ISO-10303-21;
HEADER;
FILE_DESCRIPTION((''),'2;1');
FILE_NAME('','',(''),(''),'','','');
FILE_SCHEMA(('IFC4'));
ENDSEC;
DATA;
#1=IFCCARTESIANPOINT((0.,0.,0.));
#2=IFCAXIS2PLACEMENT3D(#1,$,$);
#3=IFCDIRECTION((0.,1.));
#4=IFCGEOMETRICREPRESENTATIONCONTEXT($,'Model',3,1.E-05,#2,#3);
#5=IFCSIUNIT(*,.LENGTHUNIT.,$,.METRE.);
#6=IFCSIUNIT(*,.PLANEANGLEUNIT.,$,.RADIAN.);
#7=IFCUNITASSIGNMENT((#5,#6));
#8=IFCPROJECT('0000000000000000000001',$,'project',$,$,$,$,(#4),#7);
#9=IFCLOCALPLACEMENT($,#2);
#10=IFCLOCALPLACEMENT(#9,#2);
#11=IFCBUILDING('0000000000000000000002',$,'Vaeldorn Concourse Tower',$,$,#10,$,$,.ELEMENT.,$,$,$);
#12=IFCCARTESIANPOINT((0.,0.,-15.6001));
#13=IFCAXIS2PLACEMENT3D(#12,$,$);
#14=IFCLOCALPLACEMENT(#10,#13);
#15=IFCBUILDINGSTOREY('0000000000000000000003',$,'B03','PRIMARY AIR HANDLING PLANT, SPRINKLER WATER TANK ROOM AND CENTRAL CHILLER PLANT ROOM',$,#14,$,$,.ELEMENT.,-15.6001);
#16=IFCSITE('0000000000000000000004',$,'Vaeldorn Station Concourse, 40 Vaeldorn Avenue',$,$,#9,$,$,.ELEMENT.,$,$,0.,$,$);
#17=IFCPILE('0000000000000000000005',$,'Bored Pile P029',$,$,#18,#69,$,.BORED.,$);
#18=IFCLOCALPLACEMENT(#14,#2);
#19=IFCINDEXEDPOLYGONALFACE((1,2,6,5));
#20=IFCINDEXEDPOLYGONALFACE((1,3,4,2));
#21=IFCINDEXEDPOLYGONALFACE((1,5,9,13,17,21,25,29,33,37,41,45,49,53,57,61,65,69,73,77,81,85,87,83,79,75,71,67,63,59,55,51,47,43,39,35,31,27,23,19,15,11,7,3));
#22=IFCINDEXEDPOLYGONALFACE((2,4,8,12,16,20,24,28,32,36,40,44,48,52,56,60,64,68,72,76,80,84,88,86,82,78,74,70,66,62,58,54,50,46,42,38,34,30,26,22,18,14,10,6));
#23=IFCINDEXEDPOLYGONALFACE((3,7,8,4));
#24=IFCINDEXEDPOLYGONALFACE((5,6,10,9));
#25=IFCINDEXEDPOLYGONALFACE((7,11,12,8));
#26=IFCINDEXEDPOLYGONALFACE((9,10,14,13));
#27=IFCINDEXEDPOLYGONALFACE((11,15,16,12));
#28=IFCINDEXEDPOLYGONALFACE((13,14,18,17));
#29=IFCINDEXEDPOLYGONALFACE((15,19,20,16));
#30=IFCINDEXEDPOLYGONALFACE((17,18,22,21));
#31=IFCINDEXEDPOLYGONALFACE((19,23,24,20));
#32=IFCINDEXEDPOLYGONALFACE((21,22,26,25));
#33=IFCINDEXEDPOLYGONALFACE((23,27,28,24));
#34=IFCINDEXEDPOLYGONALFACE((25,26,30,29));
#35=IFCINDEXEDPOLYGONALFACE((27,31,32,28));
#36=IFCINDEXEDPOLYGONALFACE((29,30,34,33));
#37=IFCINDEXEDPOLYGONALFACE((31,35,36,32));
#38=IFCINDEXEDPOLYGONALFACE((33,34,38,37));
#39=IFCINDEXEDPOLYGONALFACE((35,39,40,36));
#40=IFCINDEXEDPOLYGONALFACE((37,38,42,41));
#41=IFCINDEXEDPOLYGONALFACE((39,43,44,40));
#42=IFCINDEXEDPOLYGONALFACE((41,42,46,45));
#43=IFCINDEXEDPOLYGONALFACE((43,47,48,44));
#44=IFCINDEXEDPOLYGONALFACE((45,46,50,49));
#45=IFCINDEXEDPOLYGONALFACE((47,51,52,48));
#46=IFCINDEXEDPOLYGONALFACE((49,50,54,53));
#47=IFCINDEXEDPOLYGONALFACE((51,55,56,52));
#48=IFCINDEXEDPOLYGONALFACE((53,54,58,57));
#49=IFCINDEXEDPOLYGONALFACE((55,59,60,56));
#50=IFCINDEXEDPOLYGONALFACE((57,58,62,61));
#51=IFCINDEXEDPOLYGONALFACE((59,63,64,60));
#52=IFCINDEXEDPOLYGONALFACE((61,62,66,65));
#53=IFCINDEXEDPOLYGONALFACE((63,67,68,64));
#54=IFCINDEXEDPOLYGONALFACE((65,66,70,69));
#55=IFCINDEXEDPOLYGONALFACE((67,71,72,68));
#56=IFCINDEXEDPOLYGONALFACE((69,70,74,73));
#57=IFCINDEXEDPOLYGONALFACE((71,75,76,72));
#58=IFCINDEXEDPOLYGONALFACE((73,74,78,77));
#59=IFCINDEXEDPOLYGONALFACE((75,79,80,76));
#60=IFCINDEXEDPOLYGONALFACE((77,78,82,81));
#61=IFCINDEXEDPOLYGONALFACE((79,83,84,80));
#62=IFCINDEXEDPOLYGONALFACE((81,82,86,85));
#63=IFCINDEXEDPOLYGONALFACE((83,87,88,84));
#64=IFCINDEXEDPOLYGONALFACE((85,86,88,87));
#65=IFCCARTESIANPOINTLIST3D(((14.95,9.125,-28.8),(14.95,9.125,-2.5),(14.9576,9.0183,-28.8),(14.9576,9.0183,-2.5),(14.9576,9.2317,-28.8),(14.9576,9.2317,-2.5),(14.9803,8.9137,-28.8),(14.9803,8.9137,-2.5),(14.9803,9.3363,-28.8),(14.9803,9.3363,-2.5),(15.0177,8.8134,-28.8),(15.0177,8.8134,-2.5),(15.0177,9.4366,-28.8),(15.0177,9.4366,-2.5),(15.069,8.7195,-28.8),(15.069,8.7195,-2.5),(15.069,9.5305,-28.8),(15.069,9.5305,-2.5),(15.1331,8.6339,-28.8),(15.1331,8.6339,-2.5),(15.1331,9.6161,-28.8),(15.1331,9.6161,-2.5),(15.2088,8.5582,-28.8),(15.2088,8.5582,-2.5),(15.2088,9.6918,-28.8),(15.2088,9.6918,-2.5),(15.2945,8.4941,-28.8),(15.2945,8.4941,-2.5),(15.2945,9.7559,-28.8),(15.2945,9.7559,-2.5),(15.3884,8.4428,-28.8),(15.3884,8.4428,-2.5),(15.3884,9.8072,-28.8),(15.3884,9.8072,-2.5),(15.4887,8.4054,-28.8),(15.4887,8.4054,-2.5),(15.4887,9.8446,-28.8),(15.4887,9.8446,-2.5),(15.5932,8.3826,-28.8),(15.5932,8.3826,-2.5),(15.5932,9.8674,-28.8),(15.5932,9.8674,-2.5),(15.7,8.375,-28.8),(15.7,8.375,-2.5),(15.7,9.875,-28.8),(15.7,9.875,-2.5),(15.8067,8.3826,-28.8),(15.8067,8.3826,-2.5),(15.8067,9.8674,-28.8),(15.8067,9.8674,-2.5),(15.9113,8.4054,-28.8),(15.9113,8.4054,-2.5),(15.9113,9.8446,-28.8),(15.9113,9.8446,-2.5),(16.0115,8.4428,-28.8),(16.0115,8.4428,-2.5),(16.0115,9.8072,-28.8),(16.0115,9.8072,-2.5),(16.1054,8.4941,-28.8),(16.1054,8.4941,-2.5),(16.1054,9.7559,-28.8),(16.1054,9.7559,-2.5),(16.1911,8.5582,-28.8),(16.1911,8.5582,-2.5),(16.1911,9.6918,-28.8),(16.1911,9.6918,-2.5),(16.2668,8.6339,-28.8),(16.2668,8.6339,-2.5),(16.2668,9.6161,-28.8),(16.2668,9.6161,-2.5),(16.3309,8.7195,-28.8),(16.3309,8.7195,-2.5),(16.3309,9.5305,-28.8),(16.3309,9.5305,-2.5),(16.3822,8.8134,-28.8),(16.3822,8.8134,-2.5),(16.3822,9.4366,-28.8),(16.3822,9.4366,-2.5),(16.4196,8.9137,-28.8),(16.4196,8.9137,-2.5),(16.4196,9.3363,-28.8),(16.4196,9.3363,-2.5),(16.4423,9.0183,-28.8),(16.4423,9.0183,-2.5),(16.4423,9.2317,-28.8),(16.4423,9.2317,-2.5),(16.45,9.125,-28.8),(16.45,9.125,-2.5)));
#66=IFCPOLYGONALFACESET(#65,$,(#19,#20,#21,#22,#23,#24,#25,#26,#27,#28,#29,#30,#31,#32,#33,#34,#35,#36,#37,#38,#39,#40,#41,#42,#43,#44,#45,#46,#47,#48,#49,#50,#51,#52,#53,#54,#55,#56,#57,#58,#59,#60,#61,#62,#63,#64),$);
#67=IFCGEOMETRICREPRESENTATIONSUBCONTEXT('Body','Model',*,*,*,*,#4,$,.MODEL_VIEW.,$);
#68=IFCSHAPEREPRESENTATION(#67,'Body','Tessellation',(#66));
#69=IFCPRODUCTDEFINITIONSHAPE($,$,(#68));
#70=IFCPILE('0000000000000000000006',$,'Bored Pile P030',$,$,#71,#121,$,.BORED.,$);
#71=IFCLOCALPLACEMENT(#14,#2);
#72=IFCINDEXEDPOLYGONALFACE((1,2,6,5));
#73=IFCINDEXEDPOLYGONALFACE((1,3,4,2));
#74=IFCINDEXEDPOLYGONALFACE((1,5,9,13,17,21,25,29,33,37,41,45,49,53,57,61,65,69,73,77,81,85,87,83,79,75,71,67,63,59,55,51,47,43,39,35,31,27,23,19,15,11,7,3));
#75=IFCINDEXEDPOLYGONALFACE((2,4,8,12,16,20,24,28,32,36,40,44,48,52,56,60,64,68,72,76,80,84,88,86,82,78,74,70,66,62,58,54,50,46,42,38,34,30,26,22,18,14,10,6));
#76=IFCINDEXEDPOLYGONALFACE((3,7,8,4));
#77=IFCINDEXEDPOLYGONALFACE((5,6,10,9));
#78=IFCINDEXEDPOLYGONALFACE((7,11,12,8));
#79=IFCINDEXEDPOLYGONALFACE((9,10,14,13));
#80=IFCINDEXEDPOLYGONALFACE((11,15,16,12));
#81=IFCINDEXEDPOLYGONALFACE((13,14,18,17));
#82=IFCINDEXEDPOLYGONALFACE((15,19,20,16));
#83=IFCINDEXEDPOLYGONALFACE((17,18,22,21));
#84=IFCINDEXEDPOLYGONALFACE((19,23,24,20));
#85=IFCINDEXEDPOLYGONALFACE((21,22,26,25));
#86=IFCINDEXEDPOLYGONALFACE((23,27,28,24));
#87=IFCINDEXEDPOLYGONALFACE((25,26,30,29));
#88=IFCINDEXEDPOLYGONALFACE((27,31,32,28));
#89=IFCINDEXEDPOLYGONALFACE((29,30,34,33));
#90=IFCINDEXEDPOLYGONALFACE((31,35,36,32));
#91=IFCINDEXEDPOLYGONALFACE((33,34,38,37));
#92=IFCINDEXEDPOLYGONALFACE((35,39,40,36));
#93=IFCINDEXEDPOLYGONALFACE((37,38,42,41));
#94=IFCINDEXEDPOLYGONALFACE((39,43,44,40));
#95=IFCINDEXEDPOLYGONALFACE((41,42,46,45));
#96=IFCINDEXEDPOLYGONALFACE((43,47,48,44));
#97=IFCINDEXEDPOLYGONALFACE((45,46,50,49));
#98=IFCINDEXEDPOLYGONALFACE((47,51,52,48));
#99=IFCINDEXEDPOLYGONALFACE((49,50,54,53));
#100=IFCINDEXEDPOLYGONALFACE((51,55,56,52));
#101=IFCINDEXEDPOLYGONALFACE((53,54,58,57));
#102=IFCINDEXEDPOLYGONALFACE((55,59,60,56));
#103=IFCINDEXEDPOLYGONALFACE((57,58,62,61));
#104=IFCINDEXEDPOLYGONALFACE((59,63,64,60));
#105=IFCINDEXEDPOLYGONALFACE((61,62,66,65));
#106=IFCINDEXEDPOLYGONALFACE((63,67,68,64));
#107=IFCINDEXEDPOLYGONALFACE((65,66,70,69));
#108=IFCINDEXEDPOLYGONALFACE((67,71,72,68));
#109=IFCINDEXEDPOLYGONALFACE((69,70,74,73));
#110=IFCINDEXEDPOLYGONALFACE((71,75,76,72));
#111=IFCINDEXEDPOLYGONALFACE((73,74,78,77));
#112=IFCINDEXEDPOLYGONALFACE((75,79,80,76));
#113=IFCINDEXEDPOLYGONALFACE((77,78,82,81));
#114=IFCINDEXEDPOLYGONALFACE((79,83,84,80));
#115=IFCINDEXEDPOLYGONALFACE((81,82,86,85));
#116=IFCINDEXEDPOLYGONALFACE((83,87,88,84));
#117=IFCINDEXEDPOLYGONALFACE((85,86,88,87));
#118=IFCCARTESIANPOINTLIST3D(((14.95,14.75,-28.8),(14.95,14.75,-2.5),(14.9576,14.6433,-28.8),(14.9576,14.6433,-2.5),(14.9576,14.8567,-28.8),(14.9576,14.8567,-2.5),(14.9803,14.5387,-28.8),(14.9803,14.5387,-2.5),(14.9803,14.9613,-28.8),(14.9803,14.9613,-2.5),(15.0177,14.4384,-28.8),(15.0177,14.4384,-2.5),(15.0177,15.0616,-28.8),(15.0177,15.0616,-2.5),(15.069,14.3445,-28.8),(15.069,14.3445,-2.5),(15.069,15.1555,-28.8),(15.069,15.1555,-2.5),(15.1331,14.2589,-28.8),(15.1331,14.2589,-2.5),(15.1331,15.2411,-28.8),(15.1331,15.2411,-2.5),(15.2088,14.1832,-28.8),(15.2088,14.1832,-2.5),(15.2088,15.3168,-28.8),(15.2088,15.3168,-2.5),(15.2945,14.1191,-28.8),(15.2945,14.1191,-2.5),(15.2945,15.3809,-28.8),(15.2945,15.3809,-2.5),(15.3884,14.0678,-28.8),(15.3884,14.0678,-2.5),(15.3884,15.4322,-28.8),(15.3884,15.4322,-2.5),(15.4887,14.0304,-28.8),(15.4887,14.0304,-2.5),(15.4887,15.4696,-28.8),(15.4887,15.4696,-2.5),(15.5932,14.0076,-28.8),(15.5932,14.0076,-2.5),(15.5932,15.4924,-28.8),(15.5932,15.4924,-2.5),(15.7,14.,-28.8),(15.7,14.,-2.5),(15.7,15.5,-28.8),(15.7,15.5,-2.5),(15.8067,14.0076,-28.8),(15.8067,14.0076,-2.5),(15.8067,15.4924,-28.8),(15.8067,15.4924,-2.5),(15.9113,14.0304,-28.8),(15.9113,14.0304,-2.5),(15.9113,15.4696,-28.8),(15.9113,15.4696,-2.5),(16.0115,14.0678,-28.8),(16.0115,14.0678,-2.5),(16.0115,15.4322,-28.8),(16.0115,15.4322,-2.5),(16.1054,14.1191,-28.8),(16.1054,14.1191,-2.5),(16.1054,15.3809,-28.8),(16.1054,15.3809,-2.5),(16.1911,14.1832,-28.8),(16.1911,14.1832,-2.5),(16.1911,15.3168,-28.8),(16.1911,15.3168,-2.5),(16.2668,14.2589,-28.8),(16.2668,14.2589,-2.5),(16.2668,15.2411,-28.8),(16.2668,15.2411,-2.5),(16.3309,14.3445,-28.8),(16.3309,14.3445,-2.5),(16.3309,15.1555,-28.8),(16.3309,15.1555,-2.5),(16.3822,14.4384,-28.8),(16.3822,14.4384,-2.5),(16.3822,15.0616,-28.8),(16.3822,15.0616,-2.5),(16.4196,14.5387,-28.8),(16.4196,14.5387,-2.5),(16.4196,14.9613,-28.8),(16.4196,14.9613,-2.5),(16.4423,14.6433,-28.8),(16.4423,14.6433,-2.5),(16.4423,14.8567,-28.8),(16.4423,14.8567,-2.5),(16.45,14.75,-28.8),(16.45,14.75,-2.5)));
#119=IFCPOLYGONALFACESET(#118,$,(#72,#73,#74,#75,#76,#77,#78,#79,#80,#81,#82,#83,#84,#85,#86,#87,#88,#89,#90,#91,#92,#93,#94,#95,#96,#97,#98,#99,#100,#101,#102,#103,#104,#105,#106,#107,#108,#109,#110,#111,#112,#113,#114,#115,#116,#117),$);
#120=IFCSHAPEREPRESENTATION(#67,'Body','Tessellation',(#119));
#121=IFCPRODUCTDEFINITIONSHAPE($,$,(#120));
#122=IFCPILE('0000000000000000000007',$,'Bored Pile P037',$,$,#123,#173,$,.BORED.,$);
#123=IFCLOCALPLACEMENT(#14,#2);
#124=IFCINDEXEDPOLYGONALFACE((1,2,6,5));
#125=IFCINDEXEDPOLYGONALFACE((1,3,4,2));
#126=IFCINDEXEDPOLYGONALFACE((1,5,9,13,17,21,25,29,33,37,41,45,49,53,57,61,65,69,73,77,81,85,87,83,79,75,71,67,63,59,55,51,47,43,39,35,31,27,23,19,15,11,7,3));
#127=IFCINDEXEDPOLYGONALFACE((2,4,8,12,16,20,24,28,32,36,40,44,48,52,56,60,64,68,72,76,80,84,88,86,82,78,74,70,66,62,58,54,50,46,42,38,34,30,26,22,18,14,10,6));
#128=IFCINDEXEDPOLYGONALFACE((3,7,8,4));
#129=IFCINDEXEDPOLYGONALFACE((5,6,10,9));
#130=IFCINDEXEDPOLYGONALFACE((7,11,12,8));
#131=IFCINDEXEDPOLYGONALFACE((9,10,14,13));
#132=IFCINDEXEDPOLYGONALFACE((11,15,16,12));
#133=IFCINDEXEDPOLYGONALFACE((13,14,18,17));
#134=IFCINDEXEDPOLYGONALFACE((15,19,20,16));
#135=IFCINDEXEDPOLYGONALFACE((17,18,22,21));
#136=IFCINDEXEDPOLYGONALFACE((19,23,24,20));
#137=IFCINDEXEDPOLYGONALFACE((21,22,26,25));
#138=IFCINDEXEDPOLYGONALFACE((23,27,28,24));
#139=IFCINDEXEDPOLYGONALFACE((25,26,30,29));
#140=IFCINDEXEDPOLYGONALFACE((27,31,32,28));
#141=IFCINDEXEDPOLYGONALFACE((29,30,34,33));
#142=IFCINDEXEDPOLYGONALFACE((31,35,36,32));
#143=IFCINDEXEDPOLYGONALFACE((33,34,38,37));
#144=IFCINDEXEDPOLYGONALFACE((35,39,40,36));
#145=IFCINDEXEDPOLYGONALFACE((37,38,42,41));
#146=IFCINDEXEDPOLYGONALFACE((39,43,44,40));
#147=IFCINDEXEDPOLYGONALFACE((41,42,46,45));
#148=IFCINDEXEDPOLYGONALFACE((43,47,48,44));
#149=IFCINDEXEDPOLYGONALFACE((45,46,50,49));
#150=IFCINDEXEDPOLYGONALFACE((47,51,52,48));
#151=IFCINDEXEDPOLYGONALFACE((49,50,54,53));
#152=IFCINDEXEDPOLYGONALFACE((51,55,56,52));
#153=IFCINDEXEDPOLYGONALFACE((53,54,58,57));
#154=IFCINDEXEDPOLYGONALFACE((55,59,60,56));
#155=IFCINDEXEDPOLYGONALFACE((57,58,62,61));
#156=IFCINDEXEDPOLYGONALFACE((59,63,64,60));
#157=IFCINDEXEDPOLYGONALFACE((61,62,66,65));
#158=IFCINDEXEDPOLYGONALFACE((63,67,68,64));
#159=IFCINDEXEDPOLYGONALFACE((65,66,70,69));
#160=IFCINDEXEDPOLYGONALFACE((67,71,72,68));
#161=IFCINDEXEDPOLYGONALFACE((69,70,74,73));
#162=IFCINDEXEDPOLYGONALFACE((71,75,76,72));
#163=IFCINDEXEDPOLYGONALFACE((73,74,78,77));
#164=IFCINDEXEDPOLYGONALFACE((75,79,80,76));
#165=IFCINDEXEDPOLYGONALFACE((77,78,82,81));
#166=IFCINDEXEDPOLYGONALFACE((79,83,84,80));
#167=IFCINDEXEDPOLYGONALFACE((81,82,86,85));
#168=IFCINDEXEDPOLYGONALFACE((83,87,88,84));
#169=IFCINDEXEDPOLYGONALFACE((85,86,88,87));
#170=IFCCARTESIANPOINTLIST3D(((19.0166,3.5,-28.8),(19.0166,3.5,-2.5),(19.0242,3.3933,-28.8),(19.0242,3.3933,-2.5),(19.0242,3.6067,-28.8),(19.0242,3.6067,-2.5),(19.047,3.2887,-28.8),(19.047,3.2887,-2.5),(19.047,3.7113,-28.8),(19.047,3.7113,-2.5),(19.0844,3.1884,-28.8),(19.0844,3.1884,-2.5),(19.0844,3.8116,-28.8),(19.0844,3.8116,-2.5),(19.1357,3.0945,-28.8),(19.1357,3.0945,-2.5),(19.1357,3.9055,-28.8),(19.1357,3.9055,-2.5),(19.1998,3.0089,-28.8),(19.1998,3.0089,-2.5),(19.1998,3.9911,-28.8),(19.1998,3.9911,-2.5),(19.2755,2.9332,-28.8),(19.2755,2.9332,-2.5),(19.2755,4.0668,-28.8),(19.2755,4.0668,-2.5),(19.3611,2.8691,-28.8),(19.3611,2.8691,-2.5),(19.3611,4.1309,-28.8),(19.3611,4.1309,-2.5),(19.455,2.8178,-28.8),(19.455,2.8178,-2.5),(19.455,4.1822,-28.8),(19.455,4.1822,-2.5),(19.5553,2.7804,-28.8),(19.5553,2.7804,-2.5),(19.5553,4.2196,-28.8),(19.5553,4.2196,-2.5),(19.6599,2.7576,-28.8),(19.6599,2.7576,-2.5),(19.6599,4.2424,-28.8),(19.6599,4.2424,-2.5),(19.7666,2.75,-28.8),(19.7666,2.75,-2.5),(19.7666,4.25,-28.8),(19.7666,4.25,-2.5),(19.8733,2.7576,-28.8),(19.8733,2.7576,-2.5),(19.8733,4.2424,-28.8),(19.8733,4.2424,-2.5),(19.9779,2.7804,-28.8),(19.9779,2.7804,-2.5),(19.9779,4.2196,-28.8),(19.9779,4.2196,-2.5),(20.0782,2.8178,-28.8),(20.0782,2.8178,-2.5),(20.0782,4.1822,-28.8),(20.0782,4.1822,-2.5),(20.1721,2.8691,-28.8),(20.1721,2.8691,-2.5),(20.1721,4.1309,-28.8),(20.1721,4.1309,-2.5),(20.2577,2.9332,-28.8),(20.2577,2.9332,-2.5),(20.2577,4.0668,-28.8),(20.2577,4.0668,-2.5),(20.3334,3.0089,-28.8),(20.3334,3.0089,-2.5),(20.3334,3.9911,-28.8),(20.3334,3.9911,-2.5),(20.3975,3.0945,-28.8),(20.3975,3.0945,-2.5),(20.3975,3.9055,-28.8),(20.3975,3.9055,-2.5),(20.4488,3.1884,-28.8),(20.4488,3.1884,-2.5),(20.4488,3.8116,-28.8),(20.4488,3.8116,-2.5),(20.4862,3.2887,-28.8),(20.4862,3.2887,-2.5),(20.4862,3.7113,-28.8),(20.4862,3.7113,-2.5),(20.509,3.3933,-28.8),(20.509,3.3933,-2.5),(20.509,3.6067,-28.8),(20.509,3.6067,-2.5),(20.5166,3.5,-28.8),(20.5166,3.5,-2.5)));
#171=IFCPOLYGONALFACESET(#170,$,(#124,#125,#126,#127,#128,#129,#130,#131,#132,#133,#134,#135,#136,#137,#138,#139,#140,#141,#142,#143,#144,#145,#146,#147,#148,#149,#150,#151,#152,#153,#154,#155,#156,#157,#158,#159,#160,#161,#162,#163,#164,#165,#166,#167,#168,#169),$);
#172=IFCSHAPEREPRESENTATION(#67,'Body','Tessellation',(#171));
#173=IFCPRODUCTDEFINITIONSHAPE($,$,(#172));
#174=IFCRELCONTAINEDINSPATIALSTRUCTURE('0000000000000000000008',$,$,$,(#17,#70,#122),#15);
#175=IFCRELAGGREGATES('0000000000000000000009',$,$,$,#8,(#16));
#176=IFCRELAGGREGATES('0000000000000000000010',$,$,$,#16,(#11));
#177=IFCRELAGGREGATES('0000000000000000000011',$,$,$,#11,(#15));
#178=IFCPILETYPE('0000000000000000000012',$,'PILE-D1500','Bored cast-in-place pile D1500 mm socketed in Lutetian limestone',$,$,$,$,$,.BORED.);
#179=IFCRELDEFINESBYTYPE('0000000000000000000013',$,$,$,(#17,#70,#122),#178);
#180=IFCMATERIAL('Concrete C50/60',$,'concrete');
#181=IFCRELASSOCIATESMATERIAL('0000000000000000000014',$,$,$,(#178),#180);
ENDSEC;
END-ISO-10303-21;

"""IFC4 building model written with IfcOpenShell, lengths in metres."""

from ifc_helpers import new_model, si_unit, direction, frame, origin, origin_2d, place, context, subcontext, project, spatial, circle, extrude, material, material_profile, profile_set, type_object, element, save


model = new_model("IFC4")

# Units and contexts
model_context = context("Model", 3, precision=1e-05, world=origin(), true_north=direction((0.0, 1.0)))
body_context = subcontext(model_context, "Body", "Model", "MODEL_VIEW")
ifc_project = project(units=[si_unit("LENGTHUNIT", "METRE"), si_unit("PLANEANGLEUNIT", "RADIAN")], contexts=[model_context])

# Site, building, storey
site_placement = place(None, origin())
site = spatial("IfcSite", under=ifc_project, at=site_placement, Name="Vaeldorn Station Concourse, 40 Vaeldorn Avenue", CompositionType="ELEMENT", RefElevation=0.0)
building_placement = place(site_placement, origin())
building = spatial("IfcBuilding", under=site, at=building_placement, Name="Vaeldorn Concourse Tower", CompositionType="ELEMENT")
storey_placement = place(building_placement, frame((0.0, 0.0, -15.6001)))
storey = spatial("IfcBuildingStorey", under=building, at=storey_placement, Name="B03", Description="PRIMARY AIR HANDLING PLANT, SPRINKLER WATER TANK ROOM AND CENTRAL CHILLER PLANT ROOM", CompositionType="ELEMENT", Elevation=-15.6001)

# Piles
ifc_material_1 = material(Name="Concrete C50/60", Category="concrete")
ifc_material_profile_1 = material_profile(ifc_material_1, circle(Radius=0.75, at=origin_2d()), Name="BORED PILE D1500")
ifc_profile_set_1 = profile_set([ifc_material_profile_1], Name="Concrete C50/60")
pile_type = type_object("IfcPileType", Name="PILE-D1500", Description="Bored cast-in-place pile D1500 mm socketed in Lutetian limestone", PredefinedType="BORED", material=ifc_profile_set_1)
for number, where, z_axis, x_axis, name in (
    (1, (15.7, 9.125, -2.5), (0.0, 0.0, -1.0), (1.0, 0.0, 0.0), "Bored Pile P029"),
    (2, (15.7, 14.75, -2.5), (0.0, 0.0, -1.0), (1.0, 0.0, 0.0), "Bored Pile P030"),
    (3, (19.7666, 3.5, -2.5), (0.0, 0.0, -1.0), (1.0, 0.0, 0.0), "Bored Pile P037"),
):
    element("IfcPile", number, at=place(storey_placement, frame(where, z_axis=z_axis, x_axis=x_axis)), inside=storey, type_object=pile_type, Name=name, PredefinedType="BORED", context=body_context, shape_type="SweptSolid", body=[
        extrude(circle(Radius=0.75, at=origin_2d()), origin(), (0.0, 0.0, 1.0), 26.3),
    ])

save(model, "model.ifc")
